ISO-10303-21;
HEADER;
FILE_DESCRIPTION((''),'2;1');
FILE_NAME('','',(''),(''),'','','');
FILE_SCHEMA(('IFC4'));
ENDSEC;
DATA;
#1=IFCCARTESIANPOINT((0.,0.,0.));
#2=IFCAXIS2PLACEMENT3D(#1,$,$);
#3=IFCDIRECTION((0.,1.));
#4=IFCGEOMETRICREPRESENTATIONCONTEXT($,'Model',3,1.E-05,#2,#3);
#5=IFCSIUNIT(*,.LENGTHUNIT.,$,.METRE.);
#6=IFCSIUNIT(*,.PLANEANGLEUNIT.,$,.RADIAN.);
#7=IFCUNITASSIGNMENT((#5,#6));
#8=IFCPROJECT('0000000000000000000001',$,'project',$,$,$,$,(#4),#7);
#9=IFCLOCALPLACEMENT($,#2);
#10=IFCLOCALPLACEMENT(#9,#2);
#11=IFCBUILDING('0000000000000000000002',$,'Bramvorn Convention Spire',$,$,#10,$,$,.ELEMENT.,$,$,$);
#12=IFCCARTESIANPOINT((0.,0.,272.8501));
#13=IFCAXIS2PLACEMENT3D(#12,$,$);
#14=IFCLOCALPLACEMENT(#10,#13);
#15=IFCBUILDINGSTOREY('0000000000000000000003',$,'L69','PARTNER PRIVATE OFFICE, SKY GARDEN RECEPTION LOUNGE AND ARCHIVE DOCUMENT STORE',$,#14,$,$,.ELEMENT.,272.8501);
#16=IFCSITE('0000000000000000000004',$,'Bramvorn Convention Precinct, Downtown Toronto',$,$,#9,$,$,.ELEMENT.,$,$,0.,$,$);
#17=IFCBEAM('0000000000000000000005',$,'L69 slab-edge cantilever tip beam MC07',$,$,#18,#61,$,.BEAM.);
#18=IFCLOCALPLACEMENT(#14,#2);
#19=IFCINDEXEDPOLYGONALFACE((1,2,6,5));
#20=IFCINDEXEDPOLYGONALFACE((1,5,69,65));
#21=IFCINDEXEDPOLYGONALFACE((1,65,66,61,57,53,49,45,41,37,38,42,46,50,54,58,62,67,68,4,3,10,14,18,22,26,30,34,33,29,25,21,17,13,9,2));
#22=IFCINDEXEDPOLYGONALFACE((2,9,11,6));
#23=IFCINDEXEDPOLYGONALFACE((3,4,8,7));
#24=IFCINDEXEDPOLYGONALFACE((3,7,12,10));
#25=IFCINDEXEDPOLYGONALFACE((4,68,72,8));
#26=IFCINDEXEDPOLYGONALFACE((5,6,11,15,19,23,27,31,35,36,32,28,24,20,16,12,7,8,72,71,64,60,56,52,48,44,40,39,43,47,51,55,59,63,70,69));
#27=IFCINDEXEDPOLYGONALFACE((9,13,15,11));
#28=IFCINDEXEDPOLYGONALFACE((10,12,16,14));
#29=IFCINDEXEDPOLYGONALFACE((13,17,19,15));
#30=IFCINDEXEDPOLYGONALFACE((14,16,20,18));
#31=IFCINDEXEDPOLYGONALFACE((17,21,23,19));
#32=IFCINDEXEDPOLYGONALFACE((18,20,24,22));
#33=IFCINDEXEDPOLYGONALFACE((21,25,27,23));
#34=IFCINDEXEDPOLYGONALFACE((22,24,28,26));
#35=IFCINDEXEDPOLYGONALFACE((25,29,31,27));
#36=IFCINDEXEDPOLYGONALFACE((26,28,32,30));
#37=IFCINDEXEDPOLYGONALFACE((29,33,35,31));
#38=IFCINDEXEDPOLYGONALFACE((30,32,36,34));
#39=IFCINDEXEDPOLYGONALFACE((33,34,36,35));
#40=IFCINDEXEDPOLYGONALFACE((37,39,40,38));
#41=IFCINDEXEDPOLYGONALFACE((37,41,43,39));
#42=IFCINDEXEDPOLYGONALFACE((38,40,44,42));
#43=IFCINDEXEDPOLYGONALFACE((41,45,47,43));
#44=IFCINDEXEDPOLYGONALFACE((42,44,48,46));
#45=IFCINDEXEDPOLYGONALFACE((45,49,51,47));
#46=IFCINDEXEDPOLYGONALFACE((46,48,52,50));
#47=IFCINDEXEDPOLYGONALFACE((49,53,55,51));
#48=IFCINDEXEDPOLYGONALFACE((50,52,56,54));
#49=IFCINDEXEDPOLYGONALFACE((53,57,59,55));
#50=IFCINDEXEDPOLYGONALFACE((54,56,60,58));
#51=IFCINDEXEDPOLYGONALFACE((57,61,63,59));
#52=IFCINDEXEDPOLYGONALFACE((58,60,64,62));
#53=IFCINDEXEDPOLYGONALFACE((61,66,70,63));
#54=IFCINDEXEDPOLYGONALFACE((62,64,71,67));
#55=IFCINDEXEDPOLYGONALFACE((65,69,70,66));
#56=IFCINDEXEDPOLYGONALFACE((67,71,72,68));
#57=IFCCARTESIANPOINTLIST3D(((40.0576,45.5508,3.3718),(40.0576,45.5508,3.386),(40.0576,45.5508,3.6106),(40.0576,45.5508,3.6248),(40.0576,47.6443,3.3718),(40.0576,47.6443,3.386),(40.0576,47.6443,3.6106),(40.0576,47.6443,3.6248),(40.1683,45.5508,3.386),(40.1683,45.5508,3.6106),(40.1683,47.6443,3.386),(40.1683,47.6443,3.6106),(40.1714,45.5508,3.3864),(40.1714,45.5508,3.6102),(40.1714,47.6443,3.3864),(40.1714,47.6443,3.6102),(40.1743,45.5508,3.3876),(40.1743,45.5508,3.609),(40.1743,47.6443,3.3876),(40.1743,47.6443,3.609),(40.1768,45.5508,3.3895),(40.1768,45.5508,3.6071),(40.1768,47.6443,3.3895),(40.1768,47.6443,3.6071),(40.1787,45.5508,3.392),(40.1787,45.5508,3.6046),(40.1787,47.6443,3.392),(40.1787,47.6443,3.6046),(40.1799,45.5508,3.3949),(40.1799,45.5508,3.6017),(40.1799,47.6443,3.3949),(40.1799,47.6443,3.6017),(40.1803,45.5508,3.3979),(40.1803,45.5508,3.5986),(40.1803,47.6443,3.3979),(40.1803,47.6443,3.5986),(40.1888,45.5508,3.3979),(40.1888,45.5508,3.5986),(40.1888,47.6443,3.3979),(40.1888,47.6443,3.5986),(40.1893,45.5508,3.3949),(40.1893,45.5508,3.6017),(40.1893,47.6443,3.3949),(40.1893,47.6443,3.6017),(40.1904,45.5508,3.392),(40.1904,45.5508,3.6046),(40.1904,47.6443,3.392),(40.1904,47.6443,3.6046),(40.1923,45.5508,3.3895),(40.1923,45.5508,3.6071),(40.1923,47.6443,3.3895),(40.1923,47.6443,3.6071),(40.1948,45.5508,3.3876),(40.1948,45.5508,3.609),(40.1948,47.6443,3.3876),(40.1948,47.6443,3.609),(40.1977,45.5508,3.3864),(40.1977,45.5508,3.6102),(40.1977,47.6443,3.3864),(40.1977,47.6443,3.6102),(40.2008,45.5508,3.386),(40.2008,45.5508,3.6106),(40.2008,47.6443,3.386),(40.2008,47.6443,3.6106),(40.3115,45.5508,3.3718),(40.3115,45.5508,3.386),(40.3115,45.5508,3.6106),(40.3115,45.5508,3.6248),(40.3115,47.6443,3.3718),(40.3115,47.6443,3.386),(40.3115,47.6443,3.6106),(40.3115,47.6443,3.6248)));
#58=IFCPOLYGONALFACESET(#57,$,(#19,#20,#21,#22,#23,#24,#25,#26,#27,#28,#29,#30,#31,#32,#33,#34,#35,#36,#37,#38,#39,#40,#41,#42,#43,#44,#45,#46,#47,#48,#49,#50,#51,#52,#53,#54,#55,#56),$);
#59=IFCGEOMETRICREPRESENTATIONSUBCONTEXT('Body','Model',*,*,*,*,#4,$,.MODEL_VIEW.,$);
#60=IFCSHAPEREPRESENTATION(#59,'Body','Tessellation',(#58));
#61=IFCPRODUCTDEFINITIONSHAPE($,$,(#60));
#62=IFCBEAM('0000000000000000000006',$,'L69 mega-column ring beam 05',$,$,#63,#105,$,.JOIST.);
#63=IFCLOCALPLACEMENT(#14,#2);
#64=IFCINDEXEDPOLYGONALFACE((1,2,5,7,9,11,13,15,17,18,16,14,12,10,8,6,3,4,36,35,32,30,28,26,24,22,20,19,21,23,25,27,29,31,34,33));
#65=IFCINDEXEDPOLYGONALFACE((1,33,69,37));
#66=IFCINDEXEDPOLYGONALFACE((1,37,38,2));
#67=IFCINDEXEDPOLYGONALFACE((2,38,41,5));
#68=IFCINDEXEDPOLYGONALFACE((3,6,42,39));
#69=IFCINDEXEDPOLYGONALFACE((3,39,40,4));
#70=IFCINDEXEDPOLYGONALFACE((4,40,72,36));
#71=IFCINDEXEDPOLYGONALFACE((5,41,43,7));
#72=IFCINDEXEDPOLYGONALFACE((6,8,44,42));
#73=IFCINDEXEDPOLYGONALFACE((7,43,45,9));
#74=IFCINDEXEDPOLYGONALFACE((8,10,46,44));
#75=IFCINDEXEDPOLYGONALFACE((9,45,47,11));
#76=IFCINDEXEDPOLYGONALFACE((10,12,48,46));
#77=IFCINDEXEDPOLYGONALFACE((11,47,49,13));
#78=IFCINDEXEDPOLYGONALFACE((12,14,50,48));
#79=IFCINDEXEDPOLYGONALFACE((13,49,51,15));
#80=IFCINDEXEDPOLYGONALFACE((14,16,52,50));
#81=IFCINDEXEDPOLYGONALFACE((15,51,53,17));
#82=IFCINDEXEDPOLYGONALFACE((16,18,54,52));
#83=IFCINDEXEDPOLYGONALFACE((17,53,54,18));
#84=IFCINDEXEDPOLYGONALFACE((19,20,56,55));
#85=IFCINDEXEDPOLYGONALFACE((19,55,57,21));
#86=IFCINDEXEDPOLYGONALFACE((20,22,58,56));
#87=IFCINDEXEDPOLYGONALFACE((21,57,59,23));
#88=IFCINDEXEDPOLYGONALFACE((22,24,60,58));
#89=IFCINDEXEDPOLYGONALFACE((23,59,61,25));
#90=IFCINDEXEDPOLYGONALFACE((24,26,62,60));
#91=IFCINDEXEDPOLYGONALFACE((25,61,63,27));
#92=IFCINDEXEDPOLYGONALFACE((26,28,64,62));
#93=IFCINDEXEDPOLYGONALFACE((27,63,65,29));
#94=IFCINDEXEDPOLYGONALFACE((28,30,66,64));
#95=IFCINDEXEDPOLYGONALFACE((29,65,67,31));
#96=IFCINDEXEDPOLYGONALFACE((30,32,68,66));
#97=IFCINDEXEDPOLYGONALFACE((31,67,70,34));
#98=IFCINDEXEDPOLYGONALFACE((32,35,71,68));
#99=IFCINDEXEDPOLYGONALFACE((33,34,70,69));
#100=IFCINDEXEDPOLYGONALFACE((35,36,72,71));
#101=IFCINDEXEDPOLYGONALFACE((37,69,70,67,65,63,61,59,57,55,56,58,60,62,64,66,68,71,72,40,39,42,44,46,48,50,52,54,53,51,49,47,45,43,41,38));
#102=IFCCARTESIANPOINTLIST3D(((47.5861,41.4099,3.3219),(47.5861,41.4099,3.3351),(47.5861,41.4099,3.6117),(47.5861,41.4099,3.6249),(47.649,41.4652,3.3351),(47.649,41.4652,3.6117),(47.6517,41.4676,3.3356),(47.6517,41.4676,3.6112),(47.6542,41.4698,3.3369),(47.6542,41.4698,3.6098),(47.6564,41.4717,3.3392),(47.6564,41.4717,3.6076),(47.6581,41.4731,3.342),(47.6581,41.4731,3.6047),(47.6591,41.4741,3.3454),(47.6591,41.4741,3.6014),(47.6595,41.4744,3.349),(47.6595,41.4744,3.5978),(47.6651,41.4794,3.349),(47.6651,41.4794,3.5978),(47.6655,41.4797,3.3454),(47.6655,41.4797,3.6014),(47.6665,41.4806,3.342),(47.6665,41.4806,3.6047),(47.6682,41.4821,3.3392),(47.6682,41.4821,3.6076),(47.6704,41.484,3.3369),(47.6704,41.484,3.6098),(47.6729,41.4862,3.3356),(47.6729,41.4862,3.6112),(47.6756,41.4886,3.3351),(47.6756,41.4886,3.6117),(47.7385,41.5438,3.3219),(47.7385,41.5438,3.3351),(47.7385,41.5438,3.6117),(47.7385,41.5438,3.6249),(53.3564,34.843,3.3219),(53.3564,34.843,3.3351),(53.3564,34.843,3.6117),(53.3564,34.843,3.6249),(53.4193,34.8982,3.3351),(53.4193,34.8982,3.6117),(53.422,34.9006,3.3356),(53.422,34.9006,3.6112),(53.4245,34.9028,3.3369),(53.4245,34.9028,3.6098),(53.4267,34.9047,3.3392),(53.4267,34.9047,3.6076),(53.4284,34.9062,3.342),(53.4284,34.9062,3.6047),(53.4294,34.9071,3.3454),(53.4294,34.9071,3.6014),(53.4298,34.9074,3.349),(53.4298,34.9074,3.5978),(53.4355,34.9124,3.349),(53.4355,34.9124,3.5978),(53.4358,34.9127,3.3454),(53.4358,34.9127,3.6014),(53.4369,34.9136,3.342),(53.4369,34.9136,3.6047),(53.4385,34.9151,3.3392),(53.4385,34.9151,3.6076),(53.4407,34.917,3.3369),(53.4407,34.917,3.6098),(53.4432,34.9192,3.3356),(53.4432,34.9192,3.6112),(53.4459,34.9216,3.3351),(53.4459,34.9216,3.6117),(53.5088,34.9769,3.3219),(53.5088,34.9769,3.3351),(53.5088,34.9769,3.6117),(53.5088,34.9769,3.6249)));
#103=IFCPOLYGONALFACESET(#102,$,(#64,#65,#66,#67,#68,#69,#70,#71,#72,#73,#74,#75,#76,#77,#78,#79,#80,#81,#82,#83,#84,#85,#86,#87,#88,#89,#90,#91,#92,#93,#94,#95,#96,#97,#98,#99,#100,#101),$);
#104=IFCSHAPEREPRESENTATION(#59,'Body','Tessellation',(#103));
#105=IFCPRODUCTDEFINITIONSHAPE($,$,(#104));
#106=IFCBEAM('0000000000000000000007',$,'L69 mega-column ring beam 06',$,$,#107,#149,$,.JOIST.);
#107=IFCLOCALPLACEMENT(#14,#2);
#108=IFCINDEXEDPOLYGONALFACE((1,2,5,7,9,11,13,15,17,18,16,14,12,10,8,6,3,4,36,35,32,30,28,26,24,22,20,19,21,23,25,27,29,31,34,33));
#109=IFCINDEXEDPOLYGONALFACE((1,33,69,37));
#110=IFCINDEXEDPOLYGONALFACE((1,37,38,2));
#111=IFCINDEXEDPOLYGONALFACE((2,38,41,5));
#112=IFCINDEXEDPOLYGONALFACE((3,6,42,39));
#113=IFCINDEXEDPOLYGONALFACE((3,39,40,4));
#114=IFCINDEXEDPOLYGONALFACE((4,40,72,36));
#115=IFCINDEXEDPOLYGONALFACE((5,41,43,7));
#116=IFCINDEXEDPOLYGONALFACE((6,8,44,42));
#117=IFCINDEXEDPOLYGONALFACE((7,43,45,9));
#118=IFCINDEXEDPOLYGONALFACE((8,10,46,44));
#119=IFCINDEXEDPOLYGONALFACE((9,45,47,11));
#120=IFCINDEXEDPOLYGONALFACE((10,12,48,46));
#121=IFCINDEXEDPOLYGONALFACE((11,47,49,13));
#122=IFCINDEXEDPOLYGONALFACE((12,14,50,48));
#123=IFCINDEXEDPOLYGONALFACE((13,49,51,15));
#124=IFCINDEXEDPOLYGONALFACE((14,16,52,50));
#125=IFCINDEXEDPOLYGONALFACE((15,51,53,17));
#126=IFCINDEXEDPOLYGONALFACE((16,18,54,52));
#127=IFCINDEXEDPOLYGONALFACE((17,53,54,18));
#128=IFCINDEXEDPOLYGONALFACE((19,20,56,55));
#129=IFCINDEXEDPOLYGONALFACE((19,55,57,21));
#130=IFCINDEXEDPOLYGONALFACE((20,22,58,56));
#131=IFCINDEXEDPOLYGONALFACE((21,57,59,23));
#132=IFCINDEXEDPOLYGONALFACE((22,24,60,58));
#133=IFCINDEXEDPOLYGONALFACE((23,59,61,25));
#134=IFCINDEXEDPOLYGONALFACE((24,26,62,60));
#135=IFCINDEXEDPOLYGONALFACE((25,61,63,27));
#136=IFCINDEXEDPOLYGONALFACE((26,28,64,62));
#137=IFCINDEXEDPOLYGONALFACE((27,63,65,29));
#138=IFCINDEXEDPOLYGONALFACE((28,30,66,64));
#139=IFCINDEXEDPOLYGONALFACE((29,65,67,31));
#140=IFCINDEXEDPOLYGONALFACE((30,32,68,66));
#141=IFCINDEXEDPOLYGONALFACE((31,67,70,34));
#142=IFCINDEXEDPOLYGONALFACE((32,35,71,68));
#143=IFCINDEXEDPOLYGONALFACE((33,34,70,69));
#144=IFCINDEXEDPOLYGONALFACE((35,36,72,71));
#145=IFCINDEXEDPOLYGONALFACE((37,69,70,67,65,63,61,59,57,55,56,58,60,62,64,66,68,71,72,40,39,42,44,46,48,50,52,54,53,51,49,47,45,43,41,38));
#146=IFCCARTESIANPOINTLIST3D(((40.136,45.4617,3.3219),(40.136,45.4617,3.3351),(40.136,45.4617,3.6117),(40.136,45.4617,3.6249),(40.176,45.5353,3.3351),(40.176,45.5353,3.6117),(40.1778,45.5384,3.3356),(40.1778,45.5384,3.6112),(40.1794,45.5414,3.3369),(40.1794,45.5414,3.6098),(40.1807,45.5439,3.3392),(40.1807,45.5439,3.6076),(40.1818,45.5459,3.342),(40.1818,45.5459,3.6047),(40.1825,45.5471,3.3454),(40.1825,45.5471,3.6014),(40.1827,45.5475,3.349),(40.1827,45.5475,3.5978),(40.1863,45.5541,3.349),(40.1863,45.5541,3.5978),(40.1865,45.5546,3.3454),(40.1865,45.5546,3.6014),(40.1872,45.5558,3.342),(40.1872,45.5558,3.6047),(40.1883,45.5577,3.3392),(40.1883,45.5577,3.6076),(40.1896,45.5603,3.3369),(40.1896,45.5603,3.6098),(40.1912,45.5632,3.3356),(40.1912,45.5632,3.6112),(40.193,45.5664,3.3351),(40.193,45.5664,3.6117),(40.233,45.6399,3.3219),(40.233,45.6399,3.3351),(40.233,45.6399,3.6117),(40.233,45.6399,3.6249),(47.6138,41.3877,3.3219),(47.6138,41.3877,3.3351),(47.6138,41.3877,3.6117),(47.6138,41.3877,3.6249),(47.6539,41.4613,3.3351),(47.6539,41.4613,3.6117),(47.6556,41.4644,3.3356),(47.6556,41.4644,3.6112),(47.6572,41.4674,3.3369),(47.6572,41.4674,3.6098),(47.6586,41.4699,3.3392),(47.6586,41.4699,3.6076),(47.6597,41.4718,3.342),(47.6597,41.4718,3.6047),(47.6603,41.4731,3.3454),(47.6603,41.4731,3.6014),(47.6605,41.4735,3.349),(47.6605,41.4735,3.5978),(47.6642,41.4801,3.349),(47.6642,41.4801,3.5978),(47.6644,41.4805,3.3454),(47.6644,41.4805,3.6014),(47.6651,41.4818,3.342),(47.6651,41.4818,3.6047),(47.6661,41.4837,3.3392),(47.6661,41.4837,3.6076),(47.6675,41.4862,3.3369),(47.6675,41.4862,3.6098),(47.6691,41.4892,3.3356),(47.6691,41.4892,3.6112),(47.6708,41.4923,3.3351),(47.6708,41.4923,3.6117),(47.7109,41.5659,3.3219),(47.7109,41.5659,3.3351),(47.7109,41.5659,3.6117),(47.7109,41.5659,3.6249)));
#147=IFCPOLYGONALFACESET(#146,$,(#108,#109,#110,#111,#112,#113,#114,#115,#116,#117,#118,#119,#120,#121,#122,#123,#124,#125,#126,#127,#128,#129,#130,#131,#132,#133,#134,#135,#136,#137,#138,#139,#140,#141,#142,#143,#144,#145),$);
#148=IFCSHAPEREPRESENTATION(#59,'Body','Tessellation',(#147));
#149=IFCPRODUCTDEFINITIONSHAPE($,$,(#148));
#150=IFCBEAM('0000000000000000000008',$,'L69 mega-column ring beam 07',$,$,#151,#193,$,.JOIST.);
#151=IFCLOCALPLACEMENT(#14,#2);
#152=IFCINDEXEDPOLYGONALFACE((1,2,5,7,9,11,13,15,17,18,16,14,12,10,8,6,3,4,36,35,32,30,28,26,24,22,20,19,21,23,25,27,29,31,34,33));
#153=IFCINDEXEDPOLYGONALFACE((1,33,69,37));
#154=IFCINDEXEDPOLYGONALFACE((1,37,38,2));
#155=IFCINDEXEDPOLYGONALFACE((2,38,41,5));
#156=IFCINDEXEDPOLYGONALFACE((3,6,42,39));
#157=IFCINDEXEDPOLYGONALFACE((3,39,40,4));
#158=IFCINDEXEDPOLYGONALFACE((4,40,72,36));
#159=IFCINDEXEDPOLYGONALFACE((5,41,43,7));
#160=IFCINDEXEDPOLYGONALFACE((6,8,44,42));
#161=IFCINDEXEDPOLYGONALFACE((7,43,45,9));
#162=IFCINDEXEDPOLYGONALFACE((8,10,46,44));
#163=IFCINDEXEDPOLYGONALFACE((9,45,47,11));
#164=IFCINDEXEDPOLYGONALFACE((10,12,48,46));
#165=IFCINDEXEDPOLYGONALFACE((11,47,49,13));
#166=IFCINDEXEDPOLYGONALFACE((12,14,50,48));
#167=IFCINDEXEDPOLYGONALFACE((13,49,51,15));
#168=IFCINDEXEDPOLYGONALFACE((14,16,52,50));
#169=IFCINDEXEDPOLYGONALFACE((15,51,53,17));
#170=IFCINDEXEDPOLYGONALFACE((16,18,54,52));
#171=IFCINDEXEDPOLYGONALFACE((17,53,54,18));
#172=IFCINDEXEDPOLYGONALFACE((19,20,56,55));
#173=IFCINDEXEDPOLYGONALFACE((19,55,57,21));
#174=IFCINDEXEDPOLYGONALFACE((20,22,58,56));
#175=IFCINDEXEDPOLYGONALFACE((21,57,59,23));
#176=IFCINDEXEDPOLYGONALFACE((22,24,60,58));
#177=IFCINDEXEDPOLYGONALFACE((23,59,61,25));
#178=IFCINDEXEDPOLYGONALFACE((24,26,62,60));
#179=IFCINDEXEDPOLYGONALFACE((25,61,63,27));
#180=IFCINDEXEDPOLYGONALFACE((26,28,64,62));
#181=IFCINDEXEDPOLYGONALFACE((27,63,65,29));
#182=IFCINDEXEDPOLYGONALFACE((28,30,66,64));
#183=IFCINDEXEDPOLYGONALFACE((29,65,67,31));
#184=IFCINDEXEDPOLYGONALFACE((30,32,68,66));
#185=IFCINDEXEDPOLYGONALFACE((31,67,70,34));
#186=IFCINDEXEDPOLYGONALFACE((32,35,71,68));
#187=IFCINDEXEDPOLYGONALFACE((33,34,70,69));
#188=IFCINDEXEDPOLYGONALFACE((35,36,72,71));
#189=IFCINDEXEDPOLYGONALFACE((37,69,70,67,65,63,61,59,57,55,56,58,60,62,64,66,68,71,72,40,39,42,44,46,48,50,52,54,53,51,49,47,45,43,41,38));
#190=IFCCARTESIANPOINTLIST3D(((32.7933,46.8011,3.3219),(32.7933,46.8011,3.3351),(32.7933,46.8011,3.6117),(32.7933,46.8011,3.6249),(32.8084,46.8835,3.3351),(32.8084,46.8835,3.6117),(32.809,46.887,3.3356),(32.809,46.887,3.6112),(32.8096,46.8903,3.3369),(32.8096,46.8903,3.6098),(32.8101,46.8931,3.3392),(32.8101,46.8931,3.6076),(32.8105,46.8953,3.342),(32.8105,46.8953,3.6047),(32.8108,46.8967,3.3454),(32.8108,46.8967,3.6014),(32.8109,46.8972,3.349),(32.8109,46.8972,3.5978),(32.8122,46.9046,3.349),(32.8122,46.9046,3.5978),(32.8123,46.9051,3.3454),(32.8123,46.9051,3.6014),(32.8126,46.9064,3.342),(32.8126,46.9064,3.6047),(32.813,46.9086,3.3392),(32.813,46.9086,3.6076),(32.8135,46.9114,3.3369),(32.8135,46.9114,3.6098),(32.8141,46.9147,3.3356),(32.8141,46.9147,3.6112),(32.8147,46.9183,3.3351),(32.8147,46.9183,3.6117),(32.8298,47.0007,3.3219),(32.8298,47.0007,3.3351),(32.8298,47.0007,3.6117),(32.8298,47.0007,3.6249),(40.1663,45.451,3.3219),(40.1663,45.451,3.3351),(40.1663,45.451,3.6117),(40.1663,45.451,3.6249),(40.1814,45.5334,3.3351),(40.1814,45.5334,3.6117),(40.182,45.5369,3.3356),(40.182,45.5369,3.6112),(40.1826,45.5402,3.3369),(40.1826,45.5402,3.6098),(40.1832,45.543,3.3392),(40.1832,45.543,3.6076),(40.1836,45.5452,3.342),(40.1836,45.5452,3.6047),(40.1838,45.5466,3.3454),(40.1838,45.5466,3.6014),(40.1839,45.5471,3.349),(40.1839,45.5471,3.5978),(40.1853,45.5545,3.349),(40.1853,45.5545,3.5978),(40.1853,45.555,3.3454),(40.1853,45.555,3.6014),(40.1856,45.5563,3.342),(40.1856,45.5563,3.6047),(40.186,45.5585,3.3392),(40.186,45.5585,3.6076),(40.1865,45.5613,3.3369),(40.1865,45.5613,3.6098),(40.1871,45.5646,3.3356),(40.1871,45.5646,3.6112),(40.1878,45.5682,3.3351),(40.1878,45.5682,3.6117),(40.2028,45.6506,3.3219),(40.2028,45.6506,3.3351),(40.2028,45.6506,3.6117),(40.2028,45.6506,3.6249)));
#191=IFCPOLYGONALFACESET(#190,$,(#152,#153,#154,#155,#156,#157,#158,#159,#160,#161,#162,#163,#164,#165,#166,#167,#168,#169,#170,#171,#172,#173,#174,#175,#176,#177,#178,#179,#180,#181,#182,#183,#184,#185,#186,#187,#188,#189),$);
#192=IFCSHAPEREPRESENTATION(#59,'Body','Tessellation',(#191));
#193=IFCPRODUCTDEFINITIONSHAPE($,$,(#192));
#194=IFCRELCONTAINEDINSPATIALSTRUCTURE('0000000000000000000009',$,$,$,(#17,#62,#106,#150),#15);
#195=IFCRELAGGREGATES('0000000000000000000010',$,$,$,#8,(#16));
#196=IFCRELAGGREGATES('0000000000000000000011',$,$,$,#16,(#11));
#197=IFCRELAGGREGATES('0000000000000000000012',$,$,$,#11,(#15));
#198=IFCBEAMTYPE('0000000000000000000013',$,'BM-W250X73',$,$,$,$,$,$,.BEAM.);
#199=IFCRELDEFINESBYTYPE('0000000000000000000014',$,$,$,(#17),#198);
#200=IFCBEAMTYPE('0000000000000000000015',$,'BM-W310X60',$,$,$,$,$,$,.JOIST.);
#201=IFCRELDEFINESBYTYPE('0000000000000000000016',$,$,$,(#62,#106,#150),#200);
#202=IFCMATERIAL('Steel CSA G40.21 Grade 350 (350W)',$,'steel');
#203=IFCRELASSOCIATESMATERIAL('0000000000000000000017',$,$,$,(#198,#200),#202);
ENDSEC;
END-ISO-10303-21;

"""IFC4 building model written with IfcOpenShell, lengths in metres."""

from ifc_helpers import new_model, si_unit, direction, frame, origin, origin_2d, place, context, subcontext, project, spatial, i_section, extrude, material, material_profile, profile_set, type_object, element, save


model = new_model("IFC4")

# Units and contexts
model_context = context("Model", 3, precision=1e-05, world=origin(), true_north=direction((0.0, 1.0)))
body_context = subcontext(model_context, "Body", "Model", "MODEL_VIEW")
ifc_project = project(units=[si_unit("LENGTHUNIT", "METRE"), si_unit("PLANEANGLEUNIT", "RADIAN")], contexts=[model_context])

# Site, building, storey
site_placement = place(None, origin())
site = spatial("IfcSite", under=ifc_project, at=site_placement, Name="Bramvorn Convention Precinct, Downtown Toronto", CompositionType="ELEMENT", RefElevation=0.0)
building_placement = place(site_placement, origin())
building = spatial("IfcBuilding", under=site, at=building_placement, Name="Bramvorn Convention Spire", CompositionType="ELEMENT")
storey_placement = place(building_placement, frame((0.0, 0.0, 272.8501)))
storey = spatial("IfcBuildingStorey", under=building, at=storey_placement, Name="L69", Description="PARTNER PRIVATE OFFICE, SKY GARDEN RECEPTION LOUNGE AND ARCHIVE DOCUMENT STORE", CompositionType="ELEMENT", Elevation=272.8501)

# Shared definitions
ifc_material_1 = material(Name="Steel CSA G40.21 Grade 350 (350W)", Category="steel")

# Beams
ifc_material_profile_1 = material_profile(ifc_material_1, i_section(OverallWidth=0.2539, OverallDepth=0.2529, WebThickness=0.0085, FlangeThickness=0.0142, FilletRadius=0.012, at=origin_2d()))
ifc_profile_set_1 = profile_set([ifc_material_profile_1], Name="Steel CSA G40.21 Grade 350 (350W) - W250X73")
beam_type_1 = type_object("IfcBeamType", Name="BM-W250X73", PredefinedType="BEAM", material=ifc_profile_set_1)
beam_1_placement = place(storey_placement, frame((40.1846, 45.5508, 3.4983), z_axis=(0.0, 1.0, 0.0), x_axis=(-1.0, 0.0, 0.0)))
element("IfcBeam", 1, at=beam_1_placement, inside=storey, type_object=beam_type_1, Name="L69 slab-edge cantilever tip beam MC07", PredefinedType="BEAM", context=body_context, shape_type="SweptSolid", body=[
    extrude(i_section(OverallWidth=0.2539, OverallDepth=0.2529, WebThickness=0.0085, FlangeThickness=0.0142, FilletRadius=0.012, at=origin_2d()), origin(), (0.0, 0.0, 1.0), 2.0935),
])
ifc_material_profile_2 = material_profile(ifc_material_1, i_section(OverallWidth=0.2029, OverallDepth=0.303, WebThickness=0.0076, FlangeThickness=0.0132, FilletRadius=0.0139, at=origin_2d()))
ifc_profile_set_2 = profile_set([ifc_material_profile_2], Name="Steel CSA G40.21 Grade 350 (350W) - W310X60")
beam_type_2 = type_object("IfcBeamType", Name="BM-W310X60", PredefinedType="JOIST", material=ifc_profile_set_2)
beam_2_placement = place(storey_placement, frame((53.4326, 34.9099, 3.4734), z_axis=(-0.660073, 0.751201, 0.0), x_axis=(-0.751201, -0.660073, 0.0)))
element("IfcBeam", 2, at=beam_2_placement, inside=storey, type_object=beam_type_2, Name="L69 mega-column ring beam 05", PredefinedType="JOIST", context=body_context, shape_type="SweptSolid", body=[
    extrude(i_section(OverallWidth=0.2029, OverallDepth=0.303, WebThickness=0.0076, FlangeThickness=0.0132, FilletRadius=0.0139, at=origin_2d()), origin(), (0.0, 0.0, 1.0), 8.7419),
])
beam_3_placement = place(storey_placement, frame((47.6624, 41.4768, 3.4734), z_axis=(-0.878133, 0.478416, 0.0), x_axis=(-0.478416, -0.878133, 0.0)))
element("IfcBeam", 3, at=beam_3_placement, inside=storey, type_object=beam_type_2, Name="L69 mega-column ring beam 06", PredefinedType="JOIST", context=body_context, shape_type="SweptSolid", body=[
    extrude(i_section(OverallWidth=0.2029, OverallDepth=0.303, WebThickness=0.0076, FlangeThickness=0.0132, FilletRadius=0.0139, at=origin_2d()), origin(), (0.0, 0.0, 1.0), 8.5156),
])
beam_4_placement = place(storey_placement, frame((40.1846, 45.5508, 3.4734), z_axis=(-0.983645, 0.180118, 0.0), x_axis=(-0.180118, -0.983645, 0.0)))
element("IfcBeam", 4, at=beam_4_placement, inside=storey, type_object=beam_type_2, Name="L69 mega-column ring beam 07", PredefinedType="JOIST", context=body_context, shape_type="SweptSolid", body=[
    extrude(i_section(OverallWidth=0.2029, OverallDepth=0.303, WebThickness=0.0076, FlangeThickness=0.0132, FilletRadius=0.0139, at=origin_2d()), origin(), (0.0, 0.0, 1.0), 7.4956),
])

save(model, "model.ifc")
